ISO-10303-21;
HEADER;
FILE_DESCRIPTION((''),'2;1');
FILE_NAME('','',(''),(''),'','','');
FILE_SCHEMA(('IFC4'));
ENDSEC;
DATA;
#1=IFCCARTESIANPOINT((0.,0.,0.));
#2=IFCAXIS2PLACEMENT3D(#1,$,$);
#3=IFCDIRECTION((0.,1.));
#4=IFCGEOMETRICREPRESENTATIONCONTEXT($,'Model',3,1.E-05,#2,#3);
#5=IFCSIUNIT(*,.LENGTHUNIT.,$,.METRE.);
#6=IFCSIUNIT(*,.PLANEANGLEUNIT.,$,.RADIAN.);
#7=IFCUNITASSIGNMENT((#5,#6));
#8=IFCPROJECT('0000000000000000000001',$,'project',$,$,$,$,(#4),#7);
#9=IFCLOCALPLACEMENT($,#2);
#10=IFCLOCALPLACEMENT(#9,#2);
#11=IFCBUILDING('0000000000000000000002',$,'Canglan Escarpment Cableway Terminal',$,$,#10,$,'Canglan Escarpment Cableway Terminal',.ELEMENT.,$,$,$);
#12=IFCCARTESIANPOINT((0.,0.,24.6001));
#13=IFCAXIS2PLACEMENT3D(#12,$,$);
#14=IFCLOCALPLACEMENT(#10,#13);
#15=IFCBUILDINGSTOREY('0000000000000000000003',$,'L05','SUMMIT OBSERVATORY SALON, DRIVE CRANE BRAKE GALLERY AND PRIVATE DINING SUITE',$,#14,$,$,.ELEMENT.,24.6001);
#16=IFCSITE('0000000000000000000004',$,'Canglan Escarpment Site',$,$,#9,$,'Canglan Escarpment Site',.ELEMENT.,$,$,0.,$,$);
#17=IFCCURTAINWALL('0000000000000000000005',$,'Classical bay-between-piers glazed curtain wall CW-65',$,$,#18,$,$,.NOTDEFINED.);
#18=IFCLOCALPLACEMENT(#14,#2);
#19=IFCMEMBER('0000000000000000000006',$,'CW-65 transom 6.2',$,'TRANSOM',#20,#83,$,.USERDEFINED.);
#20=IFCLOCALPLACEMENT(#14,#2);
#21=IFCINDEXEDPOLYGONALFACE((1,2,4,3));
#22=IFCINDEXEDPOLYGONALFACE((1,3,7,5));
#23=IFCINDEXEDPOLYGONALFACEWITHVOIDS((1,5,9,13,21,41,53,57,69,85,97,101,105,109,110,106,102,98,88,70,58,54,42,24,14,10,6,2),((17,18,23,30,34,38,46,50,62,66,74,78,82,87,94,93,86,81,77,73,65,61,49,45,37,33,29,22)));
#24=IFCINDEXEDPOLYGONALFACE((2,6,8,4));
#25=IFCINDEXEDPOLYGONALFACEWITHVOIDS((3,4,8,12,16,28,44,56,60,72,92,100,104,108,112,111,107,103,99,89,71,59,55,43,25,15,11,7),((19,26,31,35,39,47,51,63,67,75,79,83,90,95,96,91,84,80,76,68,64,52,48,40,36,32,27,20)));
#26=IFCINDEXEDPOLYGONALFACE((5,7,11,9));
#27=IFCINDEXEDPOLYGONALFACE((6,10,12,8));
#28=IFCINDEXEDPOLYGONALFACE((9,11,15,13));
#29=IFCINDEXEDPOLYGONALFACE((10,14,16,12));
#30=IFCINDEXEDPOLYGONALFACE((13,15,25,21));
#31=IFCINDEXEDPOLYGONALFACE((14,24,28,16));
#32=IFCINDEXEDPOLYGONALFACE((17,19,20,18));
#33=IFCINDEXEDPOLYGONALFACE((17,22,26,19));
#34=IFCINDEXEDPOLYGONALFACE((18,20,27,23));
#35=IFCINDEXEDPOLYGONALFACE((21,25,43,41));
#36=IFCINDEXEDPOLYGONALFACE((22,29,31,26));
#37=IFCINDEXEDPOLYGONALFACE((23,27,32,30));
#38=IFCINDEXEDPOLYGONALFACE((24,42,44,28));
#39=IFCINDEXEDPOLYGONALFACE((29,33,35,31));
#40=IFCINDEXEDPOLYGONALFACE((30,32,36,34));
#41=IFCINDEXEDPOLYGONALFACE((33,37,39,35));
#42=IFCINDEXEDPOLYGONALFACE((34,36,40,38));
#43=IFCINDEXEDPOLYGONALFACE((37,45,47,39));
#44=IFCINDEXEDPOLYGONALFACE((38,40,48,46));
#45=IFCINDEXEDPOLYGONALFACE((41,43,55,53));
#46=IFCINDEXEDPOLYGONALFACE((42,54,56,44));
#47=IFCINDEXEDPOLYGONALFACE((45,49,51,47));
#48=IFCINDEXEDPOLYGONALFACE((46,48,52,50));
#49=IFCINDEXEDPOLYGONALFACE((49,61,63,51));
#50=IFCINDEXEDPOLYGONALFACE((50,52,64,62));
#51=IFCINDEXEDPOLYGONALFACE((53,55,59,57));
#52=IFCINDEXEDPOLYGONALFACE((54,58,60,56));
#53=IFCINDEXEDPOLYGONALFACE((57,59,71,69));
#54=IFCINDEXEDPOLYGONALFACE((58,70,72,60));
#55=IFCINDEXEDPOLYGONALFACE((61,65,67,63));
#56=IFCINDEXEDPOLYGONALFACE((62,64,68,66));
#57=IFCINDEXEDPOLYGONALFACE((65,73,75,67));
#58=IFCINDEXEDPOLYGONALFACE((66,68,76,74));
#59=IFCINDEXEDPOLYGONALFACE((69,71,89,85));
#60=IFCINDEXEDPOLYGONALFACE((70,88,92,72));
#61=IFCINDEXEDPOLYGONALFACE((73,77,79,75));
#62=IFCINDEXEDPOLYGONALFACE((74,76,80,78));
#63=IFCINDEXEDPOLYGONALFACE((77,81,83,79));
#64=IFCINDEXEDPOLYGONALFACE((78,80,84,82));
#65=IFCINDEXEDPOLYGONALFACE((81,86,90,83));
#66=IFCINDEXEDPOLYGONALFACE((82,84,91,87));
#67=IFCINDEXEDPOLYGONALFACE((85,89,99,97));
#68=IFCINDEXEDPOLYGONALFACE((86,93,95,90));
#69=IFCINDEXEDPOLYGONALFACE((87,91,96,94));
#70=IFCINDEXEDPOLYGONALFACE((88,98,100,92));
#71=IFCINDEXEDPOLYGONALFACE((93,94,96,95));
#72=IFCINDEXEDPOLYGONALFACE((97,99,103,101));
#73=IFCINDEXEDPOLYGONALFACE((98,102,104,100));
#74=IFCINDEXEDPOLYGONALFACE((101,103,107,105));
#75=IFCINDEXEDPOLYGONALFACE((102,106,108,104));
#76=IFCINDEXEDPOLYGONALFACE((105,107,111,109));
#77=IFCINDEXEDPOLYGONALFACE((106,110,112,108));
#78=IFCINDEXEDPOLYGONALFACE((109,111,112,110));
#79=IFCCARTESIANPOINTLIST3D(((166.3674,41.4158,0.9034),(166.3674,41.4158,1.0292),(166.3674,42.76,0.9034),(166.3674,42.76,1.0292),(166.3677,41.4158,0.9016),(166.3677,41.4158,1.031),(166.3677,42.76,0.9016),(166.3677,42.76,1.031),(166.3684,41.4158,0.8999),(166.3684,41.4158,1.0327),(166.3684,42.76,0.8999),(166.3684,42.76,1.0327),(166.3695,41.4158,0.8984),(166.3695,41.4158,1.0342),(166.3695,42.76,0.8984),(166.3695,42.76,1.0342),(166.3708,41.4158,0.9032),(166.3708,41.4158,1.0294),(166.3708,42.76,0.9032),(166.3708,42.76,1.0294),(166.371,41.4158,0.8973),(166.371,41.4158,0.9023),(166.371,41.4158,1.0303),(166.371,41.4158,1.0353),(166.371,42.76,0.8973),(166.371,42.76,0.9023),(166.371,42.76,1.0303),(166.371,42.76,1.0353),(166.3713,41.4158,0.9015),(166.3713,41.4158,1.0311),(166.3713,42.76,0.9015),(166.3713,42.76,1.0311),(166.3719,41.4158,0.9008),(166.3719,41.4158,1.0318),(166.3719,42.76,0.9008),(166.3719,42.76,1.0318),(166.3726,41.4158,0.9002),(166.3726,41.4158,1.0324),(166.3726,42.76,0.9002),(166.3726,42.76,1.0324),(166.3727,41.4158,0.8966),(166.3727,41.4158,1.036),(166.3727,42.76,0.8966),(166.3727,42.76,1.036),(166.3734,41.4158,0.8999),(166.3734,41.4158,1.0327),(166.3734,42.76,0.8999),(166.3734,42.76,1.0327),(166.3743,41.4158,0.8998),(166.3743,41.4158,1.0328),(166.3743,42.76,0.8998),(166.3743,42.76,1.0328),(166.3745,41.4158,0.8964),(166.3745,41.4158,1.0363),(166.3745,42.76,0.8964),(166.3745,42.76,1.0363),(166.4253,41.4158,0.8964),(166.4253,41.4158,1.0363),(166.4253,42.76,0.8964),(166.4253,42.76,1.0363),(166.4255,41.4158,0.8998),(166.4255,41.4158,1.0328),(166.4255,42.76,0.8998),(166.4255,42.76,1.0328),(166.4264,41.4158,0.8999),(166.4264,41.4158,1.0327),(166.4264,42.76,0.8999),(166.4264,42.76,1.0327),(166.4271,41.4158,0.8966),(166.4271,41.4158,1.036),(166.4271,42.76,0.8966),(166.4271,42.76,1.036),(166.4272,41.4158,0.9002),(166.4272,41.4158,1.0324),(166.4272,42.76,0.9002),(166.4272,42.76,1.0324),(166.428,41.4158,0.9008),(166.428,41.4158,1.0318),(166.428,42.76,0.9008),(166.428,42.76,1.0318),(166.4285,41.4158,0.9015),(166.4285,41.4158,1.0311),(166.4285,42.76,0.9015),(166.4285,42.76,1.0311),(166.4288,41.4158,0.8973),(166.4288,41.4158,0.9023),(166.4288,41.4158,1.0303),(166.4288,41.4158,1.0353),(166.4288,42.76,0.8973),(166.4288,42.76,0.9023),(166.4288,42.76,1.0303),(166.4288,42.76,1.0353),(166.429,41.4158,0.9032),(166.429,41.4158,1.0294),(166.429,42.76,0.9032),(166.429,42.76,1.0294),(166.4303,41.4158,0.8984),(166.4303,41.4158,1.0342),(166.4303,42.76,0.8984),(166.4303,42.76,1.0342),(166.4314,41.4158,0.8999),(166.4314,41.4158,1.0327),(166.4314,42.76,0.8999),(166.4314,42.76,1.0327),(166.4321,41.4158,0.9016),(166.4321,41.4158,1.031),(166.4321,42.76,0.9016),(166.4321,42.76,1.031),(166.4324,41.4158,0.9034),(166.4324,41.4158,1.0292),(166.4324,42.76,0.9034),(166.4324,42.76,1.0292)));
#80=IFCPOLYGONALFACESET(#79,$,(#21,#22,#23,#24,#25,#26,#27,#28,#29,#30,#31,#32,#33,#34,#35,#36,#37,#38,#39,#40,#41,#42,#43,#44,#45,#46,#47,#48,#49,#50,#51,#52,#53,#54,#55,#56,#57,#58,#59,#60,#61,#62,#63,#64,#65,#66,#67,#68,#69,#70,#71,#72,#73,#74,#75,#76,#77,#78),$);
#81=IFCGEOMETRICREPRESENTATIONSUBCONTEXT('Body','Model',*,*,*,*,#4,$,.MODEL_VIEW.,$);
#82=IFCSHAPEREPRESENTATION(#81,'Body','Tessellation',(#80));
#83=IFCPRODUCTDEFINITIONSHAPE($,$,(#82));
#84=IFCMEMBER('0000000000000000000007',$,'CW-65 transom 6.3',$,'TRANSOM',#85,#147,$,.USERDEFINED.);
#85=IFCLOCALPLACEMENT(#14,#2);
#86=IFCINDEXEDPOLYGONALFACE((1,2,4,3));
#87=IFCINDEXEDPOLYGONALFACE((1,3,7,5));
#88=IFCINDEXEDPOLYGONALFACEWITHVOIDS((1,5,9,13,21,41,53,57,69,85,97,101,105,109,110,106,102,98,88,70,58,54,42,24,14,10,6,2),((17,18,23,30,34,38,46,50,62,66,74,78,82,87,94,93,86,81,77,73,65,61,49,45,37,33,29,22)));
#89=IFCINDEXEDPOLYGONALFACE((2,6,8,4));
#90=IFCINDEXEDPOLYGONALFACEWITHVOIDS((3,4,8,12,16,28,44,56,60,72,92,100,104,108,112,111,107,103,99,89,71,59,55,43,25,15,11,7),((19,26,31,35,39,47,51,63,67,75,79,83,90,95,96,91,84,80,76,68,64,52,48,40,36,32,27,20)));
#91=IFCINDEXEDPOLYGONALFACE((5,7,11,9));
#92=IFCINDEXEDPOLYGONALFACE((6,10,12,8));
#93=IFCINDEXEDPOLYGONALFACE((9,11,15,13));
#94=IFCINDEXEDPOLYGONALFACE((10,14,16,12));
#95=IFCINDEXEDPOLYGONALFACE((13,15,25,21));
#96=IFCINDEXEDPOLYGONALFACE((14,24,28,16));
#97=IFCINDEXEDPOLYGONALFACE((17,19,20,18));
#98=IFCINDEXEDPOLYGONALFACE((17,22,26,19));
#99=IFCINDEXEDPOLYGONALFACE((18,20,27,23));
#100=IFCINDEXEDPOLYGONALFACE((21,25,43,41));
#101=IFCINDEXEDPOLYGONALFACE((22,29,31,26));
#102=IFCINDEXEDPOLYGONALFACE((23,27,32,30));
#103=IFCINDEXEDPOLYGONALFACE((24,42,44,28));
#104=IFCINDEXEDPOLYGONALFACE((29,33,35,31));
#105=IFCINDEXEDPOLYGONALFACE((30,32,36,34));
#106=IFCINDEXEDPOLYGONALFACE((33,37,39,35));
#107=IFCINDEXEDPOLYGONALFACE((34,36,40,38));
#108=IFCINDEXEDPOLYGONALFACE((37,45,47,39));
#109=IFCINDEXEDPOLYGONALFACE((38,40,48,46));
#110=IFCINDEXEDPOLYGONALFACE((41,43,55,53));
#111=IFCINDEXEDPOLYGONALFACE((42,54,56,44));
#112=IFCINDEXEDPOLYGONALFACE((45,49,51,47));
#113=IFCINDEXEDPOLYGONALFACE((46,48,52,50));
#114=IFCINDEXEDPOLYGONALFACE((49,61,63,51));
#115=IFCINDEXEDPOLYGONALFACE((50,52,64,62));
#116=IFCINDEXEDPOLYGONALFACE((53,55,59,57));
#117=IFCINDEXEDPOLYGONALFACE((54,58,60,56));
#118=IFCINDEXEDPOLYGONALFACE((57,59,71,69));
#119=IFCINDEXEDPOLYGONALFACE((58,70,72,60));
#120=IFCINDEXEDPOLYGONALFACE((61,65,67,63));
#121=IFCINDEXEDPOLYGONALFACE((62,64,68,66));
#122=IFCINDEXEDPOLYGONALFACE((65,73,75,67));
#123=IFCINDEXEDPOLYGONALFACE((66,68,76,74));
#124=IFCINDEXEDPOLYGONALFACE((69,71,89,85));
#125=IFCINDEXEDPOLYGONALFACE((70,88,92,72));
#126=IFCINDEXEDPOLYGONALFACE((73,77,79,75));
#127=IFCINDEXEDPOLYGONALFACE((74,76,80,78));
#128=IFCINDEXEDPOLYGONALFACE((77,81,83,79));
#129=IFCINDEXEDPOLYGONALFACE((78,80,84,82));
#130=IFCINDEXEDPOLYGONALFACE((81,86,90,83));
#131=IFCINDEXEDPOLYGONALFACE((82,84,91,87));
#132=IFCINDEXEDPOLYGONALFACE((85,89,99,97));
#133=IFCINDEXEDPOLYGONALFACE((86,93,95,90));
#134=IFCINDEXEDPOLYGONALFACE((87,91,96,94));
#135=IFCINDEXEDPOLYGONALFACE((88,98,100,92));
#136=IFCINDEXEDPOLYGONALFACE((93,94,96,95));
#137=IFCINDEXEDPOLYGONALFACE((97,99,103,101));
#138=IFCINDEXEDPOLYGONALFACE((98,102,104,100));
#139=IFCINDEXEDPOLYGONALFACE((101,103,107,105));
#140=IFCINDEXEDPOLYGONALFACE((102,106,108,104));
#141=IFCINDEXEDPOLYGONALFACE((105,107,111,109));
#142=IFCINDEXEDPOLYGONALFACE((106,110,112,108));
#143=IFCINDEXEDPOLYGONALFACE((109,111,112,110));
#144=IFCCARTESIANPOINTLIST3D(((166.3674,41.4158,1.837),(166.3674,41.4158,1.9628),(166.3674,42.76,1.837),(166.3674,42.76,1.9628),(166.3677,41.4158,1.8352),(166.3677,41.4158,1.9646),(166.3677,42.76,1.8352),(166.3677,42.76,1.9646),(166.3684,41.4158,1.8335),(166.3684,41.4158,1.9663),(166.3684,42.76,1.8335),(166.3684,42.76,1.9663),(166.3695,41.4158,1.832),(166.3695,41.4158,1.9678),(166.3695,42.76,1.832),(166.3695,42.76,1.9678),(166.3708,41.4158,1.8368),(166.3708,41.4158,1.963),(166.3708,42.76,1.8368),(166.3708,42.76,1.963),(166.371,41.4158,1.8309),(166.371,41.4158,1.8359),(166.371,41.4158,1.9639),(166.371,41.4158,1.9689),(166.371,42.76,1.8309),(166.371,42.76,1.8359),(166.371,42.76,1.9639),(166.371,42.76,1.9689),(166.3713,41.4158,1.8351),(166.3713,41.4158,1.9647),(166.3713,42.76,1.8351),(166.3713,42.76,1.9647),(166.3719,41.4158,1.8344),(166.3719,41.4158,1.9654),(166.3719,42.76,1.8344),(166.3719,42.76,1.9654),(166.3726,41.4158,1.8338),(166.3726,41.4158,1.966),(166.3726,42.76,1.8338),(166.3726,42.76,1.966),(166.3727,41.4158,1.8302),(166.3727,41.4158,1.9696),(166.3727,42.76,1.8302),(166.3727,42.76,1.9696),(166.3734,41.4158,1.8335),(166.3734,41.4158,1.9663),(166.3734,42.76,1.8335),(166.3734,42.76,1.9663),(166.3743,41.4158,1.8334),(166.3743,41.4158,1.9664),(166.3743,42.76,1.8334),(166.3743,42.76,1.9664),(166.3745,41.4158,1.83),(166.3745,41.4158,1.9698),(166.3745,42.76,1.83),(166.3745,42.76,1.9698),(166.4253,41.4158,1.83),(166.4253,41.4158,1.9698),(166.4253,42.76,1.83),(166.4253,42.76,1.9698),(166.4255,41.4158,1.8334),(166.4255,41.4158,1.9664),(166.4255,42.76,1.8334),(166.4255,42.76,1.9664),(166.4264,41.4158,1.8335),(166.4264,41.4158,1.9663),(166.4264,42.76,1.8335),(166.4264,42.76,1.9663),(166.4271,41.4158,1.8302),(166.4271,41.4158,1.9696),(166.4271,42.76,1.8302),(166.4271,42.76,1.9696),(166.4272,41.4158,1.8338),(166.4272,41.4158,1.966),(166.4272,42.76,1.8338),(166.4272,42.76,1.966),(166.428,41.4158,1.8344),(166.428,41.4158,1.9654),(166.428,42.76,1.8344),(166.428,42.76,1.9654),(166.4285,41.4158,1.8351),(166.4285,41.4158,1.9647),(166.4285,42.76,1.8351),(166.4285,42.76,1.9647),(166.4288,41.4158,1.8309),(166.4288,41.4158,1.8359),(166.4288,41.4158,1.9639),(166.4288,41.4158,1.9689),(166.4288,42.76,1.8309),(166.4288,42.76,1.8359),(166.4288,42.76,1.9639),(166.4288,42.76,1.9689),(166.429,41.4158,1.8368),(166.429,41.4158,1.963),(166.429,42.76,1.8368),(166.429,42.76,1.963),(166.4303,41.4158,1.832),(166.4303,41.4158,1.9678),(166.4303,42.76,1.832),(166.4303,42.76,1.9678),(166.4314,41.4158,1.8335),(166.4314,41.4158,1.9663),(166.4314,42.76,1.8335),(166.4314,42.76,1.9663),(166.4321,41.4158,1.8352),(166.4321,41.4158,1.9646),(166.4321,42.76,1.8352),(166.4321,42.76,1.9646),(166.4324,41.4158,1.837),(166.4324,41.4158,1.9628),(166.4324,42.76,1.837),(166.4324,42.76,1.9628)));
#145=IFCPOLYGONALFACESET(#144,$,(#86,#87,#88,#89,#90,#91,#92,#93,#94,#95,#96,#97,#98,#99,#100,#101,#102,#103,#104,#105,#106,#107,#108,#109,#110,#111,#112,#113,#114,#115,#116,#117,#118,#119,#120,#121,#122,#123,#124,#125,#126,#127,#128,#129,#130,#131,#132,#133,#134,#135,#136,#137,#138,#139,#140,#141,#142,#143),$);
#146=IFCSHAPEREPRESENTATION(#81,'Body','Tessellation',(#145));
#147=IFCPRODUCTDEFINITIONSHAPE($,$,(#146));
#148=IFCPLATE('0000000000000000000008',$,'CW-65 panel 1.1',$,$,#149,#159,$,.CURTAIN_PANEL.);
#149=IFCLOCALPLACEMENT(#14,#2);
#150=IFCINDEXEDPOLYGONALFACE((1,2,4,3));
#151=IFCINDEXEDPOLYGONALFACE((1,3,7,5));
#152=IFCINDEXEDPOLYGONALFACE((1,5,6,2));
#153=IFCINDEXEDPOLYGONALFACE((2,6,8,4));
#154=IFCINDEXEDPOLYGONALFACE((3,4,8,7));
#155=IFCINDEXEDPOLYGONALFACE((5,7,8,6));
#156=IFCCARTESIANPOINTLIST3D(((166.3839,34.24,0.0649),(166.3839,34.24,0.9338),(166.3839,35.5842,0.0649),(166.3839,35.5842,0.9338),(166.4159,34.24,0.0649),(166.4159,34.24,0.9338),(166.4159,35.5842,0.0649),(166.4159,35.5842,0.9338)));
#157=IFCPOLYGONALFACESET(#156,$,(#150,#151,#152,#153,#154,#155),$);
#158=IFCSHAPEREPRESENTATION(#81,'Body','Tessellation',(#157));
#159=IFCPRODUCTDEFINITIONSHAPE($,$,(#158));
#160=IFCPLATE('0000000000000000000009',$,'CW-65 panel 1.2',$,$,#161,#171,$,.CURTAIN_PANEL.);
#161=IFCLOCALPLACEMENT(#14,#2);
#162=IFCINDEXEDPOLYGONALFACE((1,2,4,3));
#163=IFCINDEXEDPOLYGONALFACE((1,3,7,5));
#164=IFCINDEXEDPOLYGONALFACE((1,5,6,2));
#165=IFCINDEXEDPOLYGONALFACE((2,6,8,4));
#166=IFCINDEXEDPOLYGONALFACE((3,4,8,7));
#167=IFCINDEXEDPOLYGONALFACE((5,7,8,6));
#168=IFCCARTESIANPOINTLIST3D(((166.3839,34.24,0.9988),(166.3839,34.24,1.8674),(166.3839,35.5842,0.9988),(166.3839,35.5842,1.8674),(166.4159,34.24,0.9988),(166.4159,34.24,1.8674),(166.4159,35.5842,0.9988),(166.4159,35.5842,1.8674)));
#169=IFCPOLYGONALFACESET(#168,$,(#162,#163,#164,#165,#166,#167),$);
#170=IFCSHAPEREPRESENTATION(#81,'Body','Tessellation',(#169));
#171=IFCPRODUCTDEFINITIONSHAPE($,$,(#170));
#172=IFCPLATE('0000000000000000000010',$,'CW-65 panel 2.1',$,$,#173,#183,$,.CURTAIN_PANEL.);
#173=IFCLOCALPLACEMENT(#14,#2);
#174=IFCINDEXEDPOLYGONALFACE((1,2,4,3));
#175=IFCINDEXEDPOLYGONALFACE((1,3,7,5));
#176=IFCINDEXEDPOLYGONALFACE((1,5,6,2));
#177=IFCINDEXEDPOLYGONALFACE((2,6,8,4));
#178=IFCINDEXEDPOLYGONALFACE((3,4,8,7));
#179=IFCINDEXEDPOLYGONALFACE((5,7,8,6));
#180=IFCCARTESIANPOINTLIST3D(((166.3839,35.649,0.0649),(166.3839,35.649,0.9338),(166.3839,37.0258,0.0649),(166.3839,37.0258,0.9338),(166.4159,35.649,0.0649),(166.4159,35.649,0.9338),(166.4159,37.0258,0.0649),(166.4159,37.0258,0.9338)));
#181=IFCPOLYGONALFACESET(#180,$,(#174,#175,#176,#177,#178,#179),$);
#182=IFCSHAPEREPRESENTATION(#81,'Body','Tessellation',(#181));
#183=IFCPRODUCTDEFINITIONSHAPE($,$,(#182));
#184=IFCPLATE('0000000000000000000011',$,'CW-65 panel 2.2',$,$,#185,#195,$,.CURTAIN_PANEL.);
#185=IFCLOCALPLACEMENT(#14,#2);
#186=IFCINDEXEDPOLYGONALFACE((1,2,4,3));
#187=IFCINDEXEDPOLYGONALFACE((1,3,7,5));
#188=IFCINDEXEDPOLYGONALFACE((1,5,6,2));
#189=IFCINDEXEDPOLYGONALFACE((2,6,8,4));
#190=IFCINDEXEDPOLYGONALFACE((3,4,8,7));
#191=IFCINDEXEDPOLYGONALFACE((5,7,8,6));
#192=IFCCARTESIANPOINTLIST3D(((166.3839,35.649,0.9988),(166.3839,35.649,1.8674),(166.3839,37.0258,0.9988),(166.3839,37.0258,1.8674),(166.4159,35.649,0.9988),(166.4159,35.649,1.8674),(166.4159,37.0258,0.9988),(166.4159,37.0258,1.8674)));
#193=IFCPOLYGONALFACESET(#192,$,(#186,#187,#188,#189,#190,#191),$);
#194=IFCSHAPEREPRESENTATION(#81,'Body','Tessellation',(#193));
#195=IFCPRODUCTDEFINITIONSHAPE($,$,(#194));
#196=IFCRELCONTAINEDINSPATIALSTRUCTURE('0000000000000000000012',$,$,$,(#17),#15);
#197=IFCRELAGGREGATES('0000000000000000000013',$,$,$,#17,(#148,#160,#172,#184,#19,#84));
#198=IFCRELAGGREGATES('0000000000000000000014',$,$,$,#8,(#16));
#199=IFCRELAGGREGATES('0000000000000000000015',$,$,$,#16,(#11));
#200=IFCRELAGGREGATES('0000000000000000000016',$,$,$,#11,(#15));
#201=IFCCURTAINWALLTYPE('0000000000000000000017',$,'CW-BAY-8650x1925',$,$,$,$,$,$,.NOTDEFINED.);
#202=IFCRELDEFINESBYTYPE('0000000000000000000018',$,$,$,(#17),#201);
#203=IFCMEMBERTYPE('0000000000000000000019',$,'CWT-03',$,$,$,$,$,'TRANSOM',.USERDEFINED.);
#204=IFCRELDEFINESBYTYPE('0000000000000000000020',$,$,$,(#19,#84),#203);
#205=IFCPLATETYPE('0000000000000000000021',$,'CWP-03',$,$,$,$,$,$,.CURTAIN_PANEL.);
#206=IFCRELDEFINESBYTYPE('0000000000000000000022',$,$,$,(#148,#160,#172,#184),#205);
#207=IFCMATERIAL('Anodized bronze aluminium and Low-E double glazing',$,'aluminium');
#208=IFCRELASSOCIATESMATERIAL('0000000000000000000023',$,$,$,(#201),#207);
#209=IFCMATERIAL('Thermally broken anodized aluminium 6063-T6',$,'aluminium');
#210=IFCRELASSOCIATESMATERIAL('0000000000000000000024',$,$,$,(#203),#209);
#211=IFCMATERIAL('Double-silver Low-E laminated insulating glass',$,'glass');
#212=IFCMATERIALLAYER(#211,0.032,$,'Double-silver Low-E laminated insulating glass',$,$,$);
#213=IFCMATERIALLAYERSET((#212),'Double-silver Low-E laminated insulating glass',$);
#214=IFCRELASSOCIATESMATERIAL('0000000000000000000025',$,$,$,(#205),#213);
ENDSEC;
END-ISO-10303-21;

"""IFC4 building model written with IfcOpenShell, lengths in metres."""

from ifc_helpers import new_model, si_unit, direction, frame, origin, origin_2d, place, context, subcontext, project, spatial, rectangle, hollow_rectangle, extrude, material, layer, layer_set, material_profile, profile_set, type_object, element, aggregate, save


model = new_model("IFC4")

# Units and contexts
model_context = context("Model", 3, precision=1e-05, world=origin(), true_north=direction((0.0, 1.0)))
body_context = subcontext(model_context, "Body", "Model", "MODEL_VIEW")
ifc_project = project(units=[si_unit("LENGTHUNIT", "METRE"), si_unit("PLANEANGLEUNIT", "RADIAN")], contexts=[model_context])

# Site, building, storey
site_placement = place(None, origin())
site = spatial("IfcSite", under=ifc_project, at=site_placement, Name="Canglan Escarpment Site", LongName="Canglan Escarpment Site", CompositionType="ELEMENT", RefElevation=0.0)
building_placement = place(site_placement, origin())
building = spatial("IfcBuilding", under=site, at=building_placement, Name="Canglan Escarpment Cableway Terminal", LongName="Canglan Escarpment Cableway Terminal", CompositionType="ELEMENT")
storey_placement = place(building_placement, frame((0.0, 0.0, 24.6001)))
storey = spatial("IfcBuildingStorey", under=building, at=storey_placement, Name="L05", Description="SUMMIT OBSERVATORY SALON, DRIVE CRANE BRAKE GALLERY AND PRIVATE DINING SUITE", CompositionType="ELEMENT", Elevation=24.6001)

# Curtain wall, members, plates
ifc_material_1 = material(Name="Anodized bronze aluminium and Low-E double glazing", Category="aluminium")
curtain_wall_type = type_object("IfcCurtainWallType", Name="CW-BAY-8650x1925", PredefinedType="NOTDEFINED", material=ifc_material_1)
curtain_wall_placement = place(storey_placement, origin())
curtain_wall = element("IfcCurtainWall", 1, at=curtain_wall_placement, inside=storey, type_object=curtain_wall_type, Name="Classical bay-between-piers glazed curtain wall CW-65", PredefinedType="NOTDEFINED")
ifc_material_2 = material(Name="Thermally broken anodized aluminium 6063-T6", Category="aluminium")
ifc_material_profile_1 = material_profile(ifc_material_2, hollow_rectangle(XDim=0.0649, YDim=0.1399, WallThickness=0.0034, InnerFilletRadius=0.0034, OuterFilletRadius=0.0071, at=origin_2d()), Name="ALU-TRAN 65x140x3.5")
ifc_profile_set_1 = profile_set([ifc_material_profile_1], Name="Thermally broken anodized aluminium 6063-T6")
member_type_1 = type_object("IfcMemberType", Name="CWT-03", ElementType="TRANSOM", PredefinedType="USERDEFINED", material=ifc_profile_set_1)
member_1_placement = place(storey_placement, frame((166.3999, 41.4158, 0.9663), z_axis=(0.0, 1.0, 0.0), x_axis=(-1.0, 0.0, 0.0)))
member_1 = element("IfcMember", 2, at=member_1_placement, type_object=member_type_1, Name="CW-65 transom 6.2", ObjectType="TRANSOM", PredefinedType="USERDEFINED", context=body_context, shape_type="SweptSolid", body=[
    extrude(hollow_rectangle(XDim=0.0649, YDim=0.1399, WallThickness=0.0034, InnerFilletRadius=0.0034, OuterFilletRadius=0.0071, at=origin_2d()), origin(), (0.0, 0.0, 1.0), 1.3442),
])
member_2_placement = place(storey_placement, frame((166.3999, 41.4158, 1.8999), z_axis=(0.0, 1.0, 0.0), x_axis=(-1.0, 0.0, 0.0)))
member_2 = element("IfcMember", 3, at=member_2_placement, type_object=member_type_1, Name="CW-65 transom 6.3", ObjectType="TRANSOM", PredefinedType="USERDEFINED", context=body_context, shape_type="SweptSolid", body=[
    extrude(hollow_rectangle(XDim=0.0649, YDim=0.1399, WallThickness=0.0034, InnerFilletRadius=0.0034, OuterFilletRadius=0.0071, at=origin_2d()), origin(), (0.0, 0.0, 1.0), 1.3442),
])
ifc_material_3 = material(Name="Double-silver Low-E laminated insulating glass", Category="glass")
ifc_layer_1 = layer(ifc_material_3, 0.032, Name="Double-silver Low-E laminated insulating glass")
ifc_layer_set_1 = layer_set([ifc_layer_1], Name="Double-silver Low-E laminated insulating glass")
plate_type_1 = type_object("IfcPlateType", Name="CWP-03", PredefinedType="CURTAIN_PANEL", material=ifc_layer_set_1)
plate_1_placement = place(storey_placement, frame((166.3999, 34.9121, 0.0649), z_axis=(0.0, 0.0, 1.0), x_axis=(0.0, 1.0, 0.0)))
plate_1 = element("IfcPlate", 4, at=plate_1_placement, type_object=plate_type_1, Name="CW-65 panel 1.1", PredefinedType="CURTAIN_PANEL", context=body_context, shape_type="SweptSolid", body=[
    extrude(rectangle(XDim=1.3442, YDim=0.032, at=origin_2d()), origin(), (0.0, 0.0, 1.0), 0.8689),
])
plate_2_placement = place(storey_placement, frame((166.3999, 34.9121, 0.9988), z_axis=(0.0, 0.0, 1.0), x_axis=(0.0, 1.0, 0.0)))
plate_2 = element("IfcPlate", 5, at=plate_2_placement, type_object=plate_type_1, Name="CW-65 panel 1.2", PredefinedType="CURTAIN_PANEL", context=body_context, shape_type="SweptSolid", body=[
    extrude(rectangle(XDim=1.3442, YDim=0.032, at=origin_2d()), origin(), (0.0, 0.0, 1.0), 0.8687),
])
plate_3_placement = place(storey_placement, frame((166.3999, 36.3374, 0.0649), z_axis=(0.0, 0.0, 1.0), x_axis=(0.0, 1.0, 0.0)))
plate_3 = element("IfcPlate", 6, at=plate_3_placement, type_object=plate_type_1, Name="CW-65 panel 2.1", PredefinedType="CURTAIN_PANEL", context=body_context, shape_type="SweptSolid", body=[
    extrude(rectangle(XDim=1.3767, YDim=0.032, at=origin_2d()), origin(), (0.0, 0.0, 1.0), 0.8689),
])
plate_4_placement = place(storey_placement, frame((166.3999, 36.3374, 0.9988), z_axis=(0.0, 0.0, 1.0), x_axis=(0.0, 1.0, 0.0)))
plate_4 = element("IfcPlate", 7, at=plate_4_placement, type_object=plate_type_1, Name="CW-65 panel 2.2", PredefinedType="CURTAIN_PANEL", context=body_context, shape_type="SweptSolid", body=[
    extrude(rectangle(XDim=1.3767, YDim=0.032, at=origin_2d()), origin(), (0.0, 0.0, 1.0), 0.8687),
])
aggregate(curtain_wall, [plate_1, plate_2, plate_3, plate_4, member_1, member_2])

save(model, "model.ifc")
